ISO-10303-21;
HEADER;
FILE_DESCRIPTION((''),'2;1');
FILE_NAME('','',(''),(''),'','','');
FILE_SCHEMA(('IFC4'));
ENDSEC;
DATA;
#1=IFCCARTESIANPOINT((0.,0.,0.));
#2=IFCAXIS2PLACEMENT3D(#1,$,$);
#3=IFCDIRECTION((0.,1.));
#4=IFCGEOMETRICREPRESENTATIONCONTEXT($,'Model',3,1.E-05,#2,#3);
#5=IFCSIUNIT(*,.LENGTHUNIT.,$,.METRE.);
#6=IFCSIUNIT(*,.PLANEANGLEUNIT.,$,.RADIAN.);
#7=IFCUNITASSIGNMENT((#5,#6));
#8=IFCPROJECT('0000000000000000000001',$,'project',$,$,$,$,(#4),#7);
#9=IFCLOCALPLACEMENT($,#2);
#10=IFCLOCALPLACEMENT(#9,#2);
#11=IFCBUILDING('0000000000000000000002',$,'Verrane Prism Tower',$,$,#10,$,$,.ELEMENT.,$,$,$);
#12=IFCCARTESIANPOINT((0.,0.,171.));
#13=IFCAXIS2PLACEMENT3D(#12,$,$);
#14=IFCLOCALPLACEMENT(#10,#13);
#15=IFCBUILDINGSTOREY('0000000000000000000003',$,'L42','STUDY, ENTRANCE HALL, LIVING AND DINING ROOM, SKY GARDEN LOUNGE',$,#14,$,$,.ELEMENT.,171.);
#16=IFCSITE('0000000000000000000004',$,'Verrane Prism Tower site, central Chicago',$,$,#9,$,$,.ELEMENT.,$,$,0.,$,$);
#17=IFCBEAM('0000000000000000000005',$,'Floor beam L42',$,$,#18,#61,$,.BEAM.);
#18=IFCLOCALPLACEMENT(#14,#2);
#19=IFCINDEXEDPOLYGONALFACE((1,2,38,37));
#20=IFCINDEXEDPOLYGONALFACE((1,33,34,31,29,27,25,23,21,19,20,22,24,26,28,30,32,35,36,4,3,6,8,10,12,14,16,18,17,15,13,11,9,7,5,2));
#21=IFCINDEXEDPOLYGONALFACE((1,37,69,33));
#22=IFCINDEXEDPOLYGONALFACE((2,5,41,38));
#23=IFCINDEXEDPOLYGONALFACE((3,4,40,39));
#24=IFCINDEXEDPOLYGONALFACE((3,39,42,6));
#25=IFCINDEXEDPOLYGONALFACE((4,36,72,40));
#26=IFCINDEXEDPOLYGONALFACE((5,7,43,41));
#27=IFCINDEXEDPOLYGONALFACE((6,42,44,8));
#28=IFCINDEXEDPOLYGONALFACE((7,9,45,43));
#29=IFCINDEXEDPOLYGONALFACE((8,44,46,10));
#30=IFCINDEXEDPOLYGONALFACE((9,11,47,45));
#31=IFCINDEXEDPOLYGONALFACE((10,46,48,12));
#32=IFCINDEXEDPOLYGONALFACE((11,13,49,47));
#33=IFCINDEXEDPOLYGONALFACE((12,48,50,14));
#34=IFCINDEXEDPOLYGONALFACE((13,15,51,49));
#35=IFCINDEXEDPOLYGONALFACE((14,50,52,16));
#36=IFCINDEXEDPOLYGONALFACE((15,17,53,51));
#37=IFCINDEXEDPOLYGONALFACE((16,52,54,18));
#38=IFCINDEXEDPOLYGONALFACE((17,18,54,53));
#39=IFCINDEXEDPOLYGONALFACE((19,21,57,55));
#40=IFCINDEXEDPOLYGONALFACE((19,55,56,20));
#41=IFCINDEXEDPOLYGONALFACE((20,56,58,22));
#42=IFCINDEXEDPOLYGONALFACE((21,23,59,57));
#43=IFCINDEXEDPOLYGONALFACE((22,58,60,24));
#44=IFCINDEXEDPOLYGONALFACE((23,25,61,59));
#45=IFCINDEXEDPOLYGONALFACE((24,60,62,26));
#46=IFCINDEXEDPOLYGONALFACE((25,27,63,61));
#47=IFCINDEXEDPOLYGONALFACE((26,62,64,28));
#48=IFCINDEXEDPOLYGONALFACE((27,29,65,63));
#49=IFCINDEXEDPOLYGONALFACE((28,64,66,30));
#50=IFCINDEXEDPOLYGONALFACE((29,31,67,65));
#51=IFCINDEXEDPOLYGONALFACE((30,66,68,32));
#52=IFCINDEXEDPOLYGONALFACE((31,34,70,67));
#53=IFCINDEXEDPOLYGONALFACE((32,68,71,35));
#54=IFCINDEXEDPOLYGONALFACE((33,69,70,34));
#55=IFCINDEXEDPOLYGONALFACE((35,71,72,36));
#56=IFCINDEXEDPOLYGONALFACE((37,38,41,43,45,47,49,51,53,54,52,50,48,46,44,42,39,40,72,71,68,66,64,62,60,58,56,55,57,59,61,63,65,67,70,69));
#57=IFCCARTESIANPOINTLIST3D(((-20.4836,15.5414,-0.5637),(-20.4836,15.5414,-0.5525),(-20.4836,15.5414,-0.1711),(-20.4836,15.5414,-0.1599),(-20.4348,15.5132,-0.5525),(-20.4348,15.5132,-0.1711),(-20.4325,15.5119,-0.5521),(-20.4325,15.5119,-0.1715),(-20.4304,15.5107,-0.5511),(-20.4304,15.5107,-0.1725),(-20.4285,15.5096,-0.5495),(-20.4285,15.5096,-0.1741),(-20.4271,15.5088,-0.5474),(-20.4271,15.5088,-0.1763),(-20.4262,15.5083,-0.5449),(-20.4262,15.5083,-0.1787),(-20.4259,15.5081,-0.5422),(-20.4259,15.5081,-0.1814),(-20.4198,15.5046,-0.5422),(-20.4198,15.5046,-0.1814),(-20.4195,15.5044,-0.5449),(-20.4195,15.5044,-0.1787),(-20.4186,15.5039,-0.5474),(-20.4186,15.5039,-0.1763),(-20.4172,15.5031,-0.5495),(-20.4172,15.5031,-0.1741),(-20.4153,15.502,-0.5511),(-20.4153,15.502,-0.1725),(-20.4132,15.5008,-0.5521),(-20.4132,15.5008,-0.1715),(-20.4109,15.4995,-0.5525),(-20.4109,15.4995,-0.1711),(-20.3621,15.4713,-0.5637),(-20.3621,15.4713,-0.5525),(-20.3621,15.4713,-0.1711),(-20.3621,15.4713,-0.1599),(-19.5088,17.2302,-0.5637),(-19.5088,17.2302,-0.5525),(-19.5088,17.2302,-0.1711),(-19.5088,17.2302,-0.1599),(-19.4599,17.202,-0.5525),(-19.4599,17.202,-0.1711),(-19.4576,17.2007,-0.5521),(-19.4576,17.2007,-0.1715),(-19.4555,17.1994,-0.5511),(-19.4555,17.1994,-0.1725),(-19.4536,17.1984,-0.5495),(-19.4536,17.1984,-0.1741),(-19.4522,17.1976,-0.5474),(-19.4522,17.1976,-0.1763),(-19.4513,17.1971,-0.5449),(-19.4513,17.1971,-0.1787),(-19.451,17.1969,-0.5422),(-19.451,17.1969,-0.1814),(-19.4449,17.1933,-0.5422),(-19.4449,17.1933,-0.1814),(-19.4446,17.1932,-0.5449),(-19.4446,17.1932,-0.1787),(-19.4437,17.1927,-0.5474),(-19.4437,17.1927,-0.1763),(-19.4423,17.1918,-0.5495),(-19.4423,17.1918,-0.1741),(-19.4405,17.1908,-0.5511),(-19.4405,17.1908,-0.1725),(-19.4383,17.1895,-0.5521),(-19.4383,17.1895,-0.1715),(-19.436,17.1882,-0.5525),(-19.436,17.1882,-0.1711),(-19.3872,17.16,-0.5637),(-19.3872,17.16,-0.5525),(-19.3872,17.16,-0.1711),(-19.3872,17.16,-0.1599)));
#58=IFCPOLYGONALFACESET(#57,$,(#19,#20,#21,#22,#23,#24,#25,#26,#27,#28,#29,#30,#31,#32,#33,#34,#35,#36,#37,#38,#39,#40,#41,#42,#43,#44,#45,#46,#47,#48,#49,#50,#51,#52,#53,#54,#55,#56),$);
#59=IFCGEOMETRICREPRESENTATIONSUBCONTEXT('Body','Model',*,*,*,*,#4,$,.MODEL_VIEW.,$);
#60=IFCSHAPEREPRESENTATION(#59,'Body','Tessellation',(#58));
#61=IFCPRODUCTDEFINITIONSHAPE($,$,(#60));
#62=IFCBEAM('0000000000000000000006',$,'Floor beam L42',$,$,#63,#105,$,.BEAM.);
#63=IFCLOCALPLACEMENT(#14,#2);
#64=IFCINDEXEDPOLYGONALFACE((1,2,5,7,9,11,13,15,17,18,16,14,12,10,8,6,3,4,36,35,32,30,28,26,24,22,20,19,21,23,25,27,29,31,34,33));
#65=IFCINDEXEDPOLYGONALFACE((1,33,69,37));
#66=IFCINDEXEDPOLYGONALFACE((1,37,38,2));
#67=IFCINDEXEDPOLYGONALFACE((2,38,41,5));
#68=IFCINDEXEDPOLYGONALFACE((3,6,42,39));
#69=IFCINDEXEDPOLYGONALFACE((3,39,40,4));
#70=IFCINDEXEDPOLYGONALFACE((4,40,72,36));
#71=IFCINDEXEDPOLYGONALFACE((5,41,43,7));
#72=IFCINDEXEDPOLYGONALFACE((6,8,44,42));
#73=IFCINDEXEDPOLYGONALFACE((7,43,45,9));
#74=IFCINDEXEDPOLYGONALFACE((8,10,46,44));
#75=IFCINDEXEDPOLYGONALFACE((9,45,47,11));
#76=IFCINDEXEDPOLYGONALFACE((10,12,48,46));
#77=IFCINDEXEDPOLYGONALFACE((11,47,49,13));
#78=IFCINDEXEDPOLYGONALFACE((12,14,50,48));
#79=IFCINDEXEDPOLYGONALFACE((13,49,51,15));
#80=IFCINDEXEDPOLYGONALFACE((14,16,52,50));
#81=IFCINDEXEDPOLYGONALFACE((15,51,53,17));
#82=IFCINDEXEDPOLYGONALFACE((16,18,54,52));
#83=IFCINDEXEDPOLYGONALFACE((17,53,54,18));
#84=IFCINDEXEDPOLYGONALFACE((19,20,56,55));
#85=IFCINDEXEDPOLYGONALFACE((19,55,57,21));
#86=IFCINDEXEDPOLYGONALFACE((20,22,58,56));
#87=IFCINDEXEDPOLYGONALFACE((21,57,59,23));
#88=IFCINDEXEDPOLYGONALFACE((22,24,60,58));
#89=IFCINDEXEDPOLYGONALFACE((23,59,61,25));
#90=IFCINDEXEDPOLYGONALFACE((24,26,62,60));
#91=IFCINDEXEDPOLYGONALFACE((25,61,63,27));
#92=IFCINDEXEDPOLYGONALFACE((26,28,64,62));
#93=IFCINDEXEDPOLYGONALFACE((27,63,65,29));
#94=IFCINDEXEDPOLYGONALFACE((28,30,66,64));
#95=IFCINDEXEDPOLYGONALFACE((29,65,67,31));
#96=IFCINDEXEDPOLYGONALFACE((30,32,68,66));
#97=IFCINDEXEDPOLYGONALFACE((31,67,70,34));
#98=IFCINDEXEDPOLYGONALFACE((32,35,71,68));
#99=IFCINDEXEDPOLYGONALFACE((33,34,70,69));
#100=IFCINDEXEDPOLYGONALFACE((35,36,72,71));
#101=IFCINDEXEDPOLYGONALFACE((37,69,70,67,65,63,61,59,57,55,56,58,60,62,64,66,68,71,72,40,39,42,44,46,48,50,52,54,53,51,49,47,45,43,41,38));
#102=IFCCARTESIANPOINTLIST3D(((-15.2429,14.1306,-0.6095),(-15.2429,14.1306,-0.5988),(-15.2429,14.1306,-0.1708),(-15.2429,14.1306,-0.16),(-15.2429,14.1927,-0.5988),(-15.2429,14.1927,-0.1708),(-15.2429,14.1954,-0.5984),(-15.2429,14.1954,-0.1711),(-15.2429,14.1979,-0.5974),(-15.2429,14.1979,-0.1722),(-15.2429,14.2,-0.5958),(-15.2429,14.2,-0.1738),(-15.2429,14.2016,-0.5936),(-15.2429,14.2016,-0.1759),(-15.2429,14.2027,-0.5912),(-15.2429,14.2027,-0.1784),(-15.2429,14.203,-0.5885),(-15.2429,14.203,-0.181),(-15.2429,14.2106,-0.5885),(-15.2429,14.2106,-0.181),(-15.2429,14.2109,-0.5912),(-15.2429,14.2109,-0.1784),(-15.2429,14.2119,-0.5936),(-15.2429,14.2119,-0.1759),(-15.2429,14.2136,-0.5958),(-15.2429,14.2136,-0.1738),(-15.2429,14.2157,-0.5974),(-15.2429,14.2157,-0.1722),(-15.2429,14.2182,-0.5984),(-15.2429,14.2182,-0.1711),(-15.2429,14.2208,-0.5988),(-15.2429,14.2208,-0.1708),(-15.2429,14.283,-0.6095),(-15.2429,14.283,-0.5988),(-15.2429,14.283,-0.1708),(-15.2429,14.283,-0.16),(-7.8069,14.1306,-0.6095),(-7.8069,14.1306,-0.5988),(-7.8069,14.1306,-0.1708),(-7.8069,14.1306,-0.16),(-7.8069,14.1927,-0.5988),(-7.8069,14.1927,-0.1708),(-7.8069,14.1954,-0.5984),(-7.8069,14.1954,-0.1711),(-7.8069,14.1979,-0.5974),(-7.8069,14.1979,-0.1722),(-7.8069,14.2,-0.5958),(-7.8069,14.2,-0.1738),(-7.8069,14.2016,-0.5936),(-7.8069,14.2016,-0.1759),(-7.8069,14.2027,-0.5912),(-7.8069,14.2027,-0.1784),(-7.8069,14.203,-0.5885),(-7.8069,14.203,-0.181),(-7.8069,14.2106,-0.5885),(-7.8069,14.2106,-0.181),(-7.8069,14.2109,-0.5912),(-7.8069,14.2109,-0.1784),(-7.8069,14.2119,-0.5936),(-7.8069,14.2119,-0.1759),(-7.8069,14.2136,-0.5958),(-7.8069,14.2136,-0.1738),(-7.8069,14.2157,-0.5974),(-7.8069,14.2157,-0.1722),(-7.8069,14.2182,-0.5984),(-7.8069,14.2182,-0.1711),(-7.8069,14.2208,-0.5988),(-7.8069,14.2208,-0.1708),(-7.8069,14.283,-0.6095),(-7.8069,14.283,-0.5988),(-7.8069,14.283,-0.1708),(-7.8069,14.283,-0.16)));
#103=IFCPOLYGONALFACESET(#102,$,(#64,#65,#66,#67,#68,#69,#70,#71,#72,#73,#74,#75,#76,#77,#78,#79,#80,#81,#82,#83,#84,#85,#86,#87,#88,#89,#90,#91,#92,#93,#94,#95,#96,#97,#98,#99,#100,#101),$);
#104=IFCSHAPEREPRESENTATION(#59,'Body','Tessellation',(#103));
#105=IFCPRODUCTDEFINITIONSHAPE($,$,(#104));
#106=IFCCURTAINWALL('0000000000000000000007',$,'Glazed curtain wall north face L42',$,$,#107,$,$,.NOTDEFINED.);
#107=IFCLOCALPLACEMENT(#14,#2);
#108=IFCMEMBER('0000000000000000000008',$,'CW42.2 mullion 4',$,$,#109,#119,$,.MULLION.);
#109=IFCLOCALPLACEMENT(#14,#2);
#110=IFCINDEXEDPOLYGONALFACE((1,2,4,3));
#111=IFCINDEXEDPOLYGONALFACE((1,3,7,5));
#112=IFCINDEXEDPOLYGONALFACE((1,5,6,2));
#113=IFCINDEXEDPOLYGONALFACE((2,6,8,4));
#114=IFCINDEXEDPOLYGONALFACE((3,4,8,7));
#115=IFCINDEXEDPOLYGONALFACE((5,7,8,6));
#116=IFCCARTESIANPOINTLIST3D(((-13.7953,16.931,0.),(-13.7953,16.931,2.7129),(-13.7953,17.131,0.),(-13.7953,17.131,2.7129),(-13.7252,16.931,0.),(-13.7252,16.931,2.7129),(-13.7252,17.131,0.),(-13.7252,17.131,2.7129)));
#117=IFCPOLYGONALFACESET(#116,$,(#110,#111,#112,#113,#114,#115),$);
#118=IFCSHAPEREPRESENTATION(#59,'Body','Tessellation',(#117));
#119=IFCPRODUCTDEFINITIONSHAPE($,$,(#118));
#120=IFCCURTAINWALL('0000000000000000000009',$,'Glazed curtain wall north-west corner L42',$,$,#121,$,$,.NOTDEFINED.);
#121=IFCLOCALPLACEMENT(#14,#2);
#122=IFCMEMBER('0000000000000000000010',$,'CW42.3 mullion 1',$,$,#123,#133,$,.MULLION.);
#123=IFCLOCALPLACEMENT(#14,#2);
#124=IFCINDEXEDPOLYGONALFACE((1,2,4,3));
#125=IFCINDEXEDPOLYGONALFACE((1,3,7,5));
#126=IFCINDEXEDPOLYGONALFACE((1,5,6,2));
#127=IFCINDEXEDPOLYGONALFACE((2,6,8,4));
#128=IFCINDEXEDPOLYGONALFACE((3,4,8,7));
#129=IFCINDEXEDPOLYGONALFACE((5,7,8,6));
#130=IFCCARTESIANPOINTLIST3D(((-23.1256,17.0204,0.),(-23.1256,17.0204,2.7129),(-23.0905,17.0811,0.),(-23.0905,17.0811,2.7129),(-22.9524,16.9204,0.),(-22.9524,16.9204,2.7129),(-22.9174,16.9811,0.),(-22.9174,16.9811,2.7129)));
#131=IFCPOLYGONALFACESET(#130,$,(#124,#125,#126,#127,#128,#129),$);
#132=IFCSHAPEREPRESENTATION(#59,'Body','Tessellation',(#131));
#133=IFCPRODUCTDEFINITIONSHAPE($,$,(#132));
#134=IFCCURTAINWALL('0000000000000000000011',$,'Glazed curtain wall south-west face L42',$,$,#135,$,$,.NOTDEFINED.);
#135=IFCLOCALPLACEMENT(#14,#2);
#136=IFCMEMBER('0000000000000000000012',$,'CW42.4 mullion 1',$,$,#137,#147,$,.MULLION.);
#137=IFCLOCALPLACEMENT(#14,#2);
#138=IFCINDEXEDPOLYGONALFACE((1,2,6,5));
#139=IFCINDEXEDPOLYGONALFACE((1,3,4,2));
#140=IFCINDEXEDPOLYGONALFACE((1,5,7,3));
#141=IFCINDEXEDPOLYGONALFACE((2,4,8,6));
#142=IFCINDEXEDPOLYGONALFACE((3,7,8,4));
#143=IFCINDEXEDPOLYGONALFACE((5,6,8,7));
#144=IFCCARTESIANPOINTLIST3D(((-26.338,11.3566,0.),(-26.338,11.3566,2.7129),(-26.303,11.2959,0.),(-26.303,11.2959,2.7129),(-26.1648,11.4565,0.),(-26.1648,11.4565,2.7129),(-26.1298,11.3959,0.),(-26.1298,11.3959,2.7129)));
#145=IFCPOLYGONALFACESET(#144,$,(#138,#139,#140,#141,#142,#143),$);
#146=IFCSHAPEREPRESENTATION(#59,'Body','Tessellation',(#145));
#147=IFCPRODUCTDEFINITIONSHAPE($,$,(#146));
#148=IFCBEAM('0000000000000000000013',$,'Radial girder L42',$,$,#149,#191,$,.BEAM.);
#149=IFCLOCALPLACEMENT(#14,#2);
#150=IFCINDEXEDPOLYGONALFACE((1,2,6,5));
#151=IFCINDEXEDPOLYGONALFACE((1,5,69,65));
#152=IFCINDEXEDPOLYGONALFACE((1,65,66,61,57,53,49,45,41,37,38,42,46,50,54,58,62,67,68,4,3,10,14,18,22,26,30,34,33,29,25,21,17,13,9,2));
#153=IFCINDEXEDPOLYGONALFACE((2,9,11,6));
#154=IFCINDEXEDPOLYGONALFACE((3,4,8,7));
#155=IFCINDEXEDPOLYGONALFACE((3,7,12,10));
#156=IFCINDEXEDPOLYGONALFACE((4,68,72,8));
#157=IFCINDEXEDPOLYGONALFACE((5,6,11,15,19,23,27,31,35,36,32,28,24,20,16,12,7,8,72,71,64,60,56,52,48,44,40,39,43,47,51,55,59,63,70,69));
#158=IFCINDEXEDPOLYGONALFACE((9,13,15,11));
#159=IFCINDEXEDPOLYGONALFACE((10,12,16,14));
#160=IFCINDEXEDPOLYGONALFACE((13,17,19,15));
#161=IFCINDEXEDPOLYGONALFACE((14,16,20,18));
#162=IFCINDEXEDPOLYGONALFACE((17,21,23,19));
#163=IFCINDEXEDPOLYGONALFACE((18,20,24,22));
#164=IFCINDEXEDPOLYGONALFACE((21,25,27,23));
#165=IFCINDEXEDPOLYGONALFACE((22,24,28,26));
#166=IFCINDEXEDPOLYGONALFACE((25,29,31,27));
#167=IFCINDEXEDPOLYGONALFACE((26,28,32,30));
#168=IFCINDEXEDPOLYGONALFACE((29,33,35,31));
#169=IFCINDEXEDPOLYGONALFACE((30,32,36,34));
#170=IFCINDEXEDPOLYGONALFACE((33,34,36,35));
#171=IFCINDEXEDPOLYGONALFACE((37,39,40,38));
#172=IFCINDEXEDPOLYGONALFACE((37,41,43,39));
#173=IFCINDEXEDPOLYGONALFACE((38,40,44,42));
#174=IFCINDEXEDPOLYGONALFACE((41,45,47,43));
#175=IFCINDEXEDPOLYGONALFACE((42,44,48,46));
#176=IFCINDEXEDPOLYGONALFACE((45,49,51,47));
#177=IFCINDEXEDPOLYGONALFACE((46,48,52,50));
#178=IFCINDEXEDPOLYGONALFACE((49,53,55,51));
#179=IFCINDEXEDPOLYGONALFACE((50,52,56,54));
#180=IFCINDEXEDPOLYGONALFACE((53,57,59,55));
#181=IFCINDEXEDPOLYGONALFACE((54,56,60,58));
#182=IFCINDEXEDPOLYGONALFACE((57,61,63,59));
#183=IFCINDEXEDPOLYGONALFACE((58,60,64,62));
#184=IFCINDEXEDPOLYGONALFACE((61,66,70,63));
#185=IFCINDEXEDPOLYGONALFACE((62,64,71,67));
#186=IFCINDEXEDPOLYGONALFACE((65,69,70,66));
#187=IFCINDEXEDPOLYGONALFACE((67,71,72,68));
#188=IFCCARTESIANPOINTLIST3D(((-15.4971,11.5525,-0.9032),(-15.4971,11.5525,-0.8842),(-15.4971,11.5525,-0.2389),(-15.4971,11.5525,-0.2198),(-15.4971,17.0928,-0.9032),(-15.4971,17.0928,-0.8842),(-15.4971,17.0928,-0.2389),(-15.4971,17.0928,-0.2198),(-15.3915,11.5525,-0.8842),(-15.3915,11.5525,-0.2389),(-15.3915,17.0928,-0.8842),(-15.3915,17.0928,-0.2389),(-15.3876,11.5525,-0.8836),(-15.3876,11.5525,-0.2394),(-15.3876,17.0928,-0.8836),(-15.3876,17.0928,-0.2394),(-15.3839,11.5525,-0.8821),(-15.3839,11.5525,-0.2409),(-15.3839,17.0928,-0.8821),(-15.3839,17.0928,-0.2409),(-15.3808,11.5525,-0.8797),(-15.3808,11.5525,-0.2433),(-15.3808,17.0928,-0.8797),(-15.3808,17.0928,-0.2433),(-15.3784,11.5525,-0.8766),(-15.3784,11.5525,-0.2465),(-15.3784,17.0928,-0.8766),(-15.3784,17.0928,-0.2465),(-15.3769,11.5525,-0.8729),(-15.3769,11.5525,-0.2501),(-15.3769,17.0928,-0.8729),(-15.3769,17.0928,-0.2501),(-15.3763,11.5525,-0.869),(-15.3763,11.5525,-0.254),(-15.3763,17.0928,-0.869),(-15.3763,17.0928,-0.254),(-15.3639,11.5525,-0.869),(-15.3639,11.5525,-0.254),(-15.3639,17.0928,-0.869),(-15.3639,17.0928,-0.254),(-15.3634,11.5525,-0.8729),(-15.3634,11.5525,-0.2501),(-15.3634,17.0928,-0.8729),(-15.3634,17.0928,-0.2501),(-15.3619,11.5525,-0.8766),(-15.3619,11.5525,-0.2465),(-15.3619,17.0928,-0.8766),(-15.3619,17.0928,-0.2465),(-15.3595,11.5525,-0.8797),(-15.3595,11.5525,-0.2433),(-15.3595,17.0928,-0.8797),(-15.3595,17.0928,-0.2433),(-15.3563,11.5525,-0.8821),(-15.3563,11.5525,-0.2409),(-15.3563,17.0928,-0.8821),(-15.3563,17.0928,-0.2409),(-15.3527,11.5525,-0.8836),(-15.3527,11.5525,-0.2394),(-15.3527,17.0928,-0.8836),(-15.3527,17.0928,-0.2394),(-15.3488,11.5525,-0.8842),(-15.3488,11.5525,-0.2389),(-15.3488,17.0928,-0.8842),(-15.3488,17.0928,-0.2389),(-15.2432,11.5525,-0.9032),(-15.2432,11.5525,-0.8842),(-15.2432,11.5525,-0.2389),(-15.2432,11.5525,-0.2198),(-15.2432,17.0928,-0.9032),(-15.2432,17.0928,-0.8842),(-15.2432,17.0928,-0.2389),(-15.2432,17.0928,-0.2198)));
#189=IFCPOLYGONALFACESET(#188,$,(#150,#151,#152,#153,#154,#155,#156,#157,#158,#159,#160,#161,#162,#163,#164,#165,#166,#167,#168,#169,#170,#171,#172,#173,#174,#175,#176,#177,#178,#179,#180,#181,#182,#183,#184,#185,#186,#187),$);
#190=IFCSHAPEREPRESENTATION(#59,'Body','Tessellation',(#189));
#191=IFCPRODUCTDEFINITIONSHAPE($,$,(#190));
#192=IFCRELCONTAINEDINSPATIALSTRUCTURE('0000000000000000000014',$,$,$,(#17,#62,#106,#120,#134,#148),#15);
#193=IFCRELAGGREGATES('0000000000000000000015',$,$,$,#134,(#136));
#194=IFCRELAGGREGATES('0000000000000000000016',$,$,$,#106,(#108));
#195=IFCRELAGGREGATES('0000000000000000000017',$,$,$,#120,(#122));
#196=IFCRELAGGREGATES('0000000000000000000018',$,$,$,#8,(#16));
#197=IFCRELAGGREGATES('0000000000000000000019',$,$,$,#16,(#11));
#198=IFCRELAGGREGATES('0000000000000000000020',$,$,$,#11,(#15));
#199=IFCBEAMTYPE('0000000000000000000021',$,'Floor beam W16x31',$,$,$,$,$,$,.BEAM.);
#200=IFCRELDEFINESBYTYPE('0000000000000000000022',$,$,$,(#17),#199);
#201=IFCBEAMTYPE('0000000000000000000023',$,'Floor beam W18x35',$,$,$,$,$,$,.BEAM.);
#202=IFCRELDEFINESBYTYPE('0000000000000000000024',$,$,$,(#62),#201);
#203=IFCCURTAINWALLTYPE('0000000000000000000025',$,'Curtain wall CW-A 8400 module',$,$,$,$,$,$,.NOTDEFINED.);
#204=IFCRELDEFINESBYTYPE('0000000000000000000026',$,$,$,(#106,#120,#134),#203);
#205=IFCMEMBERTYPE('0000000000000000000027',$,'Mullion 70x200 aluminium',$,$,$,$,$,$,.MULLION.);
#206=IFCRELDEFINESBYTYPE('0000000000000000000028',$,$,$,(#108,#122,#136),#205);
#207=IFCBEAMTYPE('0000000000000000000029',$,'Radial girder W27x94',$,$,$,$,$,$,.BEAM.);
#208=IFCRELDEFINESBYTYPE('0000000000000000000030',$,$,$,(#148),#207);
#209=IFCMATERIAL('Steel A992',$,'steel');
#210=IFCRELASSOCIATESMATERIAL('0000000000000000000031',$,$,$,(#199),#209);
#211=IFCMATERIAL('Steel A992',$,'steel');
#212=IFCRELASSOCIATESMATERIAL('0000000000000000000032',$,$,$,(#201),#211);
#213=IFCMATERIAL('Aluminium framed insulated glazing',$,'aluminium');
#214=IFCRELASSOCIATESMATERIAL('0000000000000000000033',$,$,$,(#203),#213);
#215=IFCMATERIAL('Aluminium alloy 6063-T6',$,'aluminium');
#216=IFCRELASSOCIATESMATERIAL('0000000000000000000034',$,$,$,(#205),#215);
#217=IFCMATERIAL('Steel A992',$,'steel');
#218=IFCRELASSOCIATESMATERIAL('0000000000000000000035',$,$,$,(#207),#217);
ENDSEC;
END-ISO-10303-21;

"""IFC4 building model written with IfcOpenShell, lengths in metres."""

from ifc_helpers import new_model, si_unit, direction, frame, origin, origin_2d, place, context, subcontext, project, spatial, rectangle, i_section, extrude, material, material_profile, profile_set, type_object, element, aggregate, save


model = new_model("IFC4")

# Units and contexts
model_context = context("Model", 3, precision=1e-05, world=origin(), true_north=direction((0.0, 1.0)))
body_context = subcontext(model_context, "Body", "Model", "MODEL_VIEW")
ifc_project = project(units=[si_unit("LENGTHUNIT", "METRE"), si_unit("PLANEANGLEUNIT", "RADIAN")], contexts=[model_context])

# Site, building, storey
site_placement = place(None, origin())
site = spatial("IfcSite", under=ifc_project, at=site_placement, Name="Verrane Prism Tower site, central Chicago", CompositionType="ELEMENT", RefElevation=0.0)
building_placement = place(site_placement, origin())
building = spatial("IfcBuilding", under=site, at=building_placement, Name="Verrane Prism Tower", CompositionType="ELEMENT")
storey_placement = place(building_placement, frame((0.0, 0.0, 171.0)))
storey = spatial("IfcBuildingStorey", under=building, at=storey_placement, Name="L42", Description="STUDY, ENTRANCE HALL, LIVING AND DINING ROOM, SKY GARDEN LOUNGE", CompositionType="ELEMENT", Elevation=171.0)

# Beams
ifc_material_1 = material(Name="Steel A992", Category="steel")
ifc_material_profile_1 = material_profile(ifc_material_1, i_section(OverallWidth=0.1404, OverallDepth=0.4038, WebThickness=0.0071, FlangeThickness=0.0112, FilletRadius=0.0103, at=origin_2d()), Name="W16x31")
ifc_profile_set_1 = profile_set([ifc_material_profile_1], Name="Steel A992")
beam_type_1 = type_object("IfcBeamType", Name="Floor beam W16x31", PredefinedType="BEAM", material=ifc_profile_set_1)
beam_1_placement = place(storey_placement, frame((-20.4229, 15.5063, -0.3618), z_axis=(0.49995, 0.866054, 0.0), x_axis=(-0.866054, 0.49995, 0.0)))
element("IfcBeam", 1, at=beam_1_placement, inside=storey, type_object=beam_type_1, Name="Floor beam L42", PredefinedType="BEAM", context=body_context, shape_type="SweptSolid", body=[
    extrude(i_section(OverallWidth=0.1404, OverallDepth=0.4038, WebThickness=0.0071, FlangeThickness=0.0112, FilletRadius=0.0103, at=origin_2d()), origin(), (0.0, 0.0, 1.0), 1.95),
])
ifc_material_2 = material(Name="Steel A992", Category="steel")
ifc_material_profile_2 = material_profile(ifc_material_2, i_section(OverallWidth=0.1523, OverallDepth=0.4495, WebThickness=0.0076, FlangeThickness=0.0107, FilletRadius=0.0103, at=origin_2d()), Name="W18x35")
ifc_profile_set_2 = profile_set([ifc_material_profile_2], Name="Steel A992")
beam_type_2 = type_object("IfcBeamType", Name="Floor beam W18x35", PredefinedType="BEAM", material=ifc_profile_set_2)
beam_2_placement = place(storey_placement, frame((-15.2429, 14.2068, -0.3848), z_axis=(1.0, 0.0, 0.0), x_axis=(0.0, 1.0, 0.0)))
element("IfcBeam", 2, at=beam_2_placement, inside=storey, type_object=beam_type_2, Name="Floor beam L42", PredefinedType="BEAM", context=body_context, shape_type="SweptSolid", body=[
    extrude(i_section(OverallWidth=0.1523, OverallDepth=0.4495, WebThickness=0.0076, FlangeThickness=0.0107, FilletRadius=0.0103, at=origin_2d()), origin(), (0.0, 0.0, 1.0), 7.436),
])

# Curtain walls, members
ifc_material_3 = material(Name="Aluminium framed insulated glazing", Category="aluminium")
curtain_wall_type = type_object("IfcCurtainWallType", Name="Curtain wall CW-A 8400 module", PredefinedType="NOTDEFINED", material=ifc_material_3)
curtain_wall_1_placement = place(storey_placement, origin())
curtain_wall_1 = element("IfcCurtainWall", 3, at=curtain_wall_1_placement, inside=storey, type_object=curtain_wall_type, Name="Glazed curtain wall north face L42", PredefinedType="NOTDEFINED")
ifc_material_4 = material(Name="Aluminium alloy 6063-T6", Category="aluminium")
ifc_material_profile_3 = material_profile(ifc_material_4, rectangle(XDim=0.2, YDim=0.0701, at=origin_2d()), Name="Mullion 70x200 aluminium")
ifc_profile_set_3 = profile_set([ifc_material_profile_3], Name="Aluminium alloy 6063-T6")
member_type_1 = type_object("IfcMemberType", Name="Mullion 70x200 aluminium", PredefinedType="MULLION", material=ifc_profile_set_3)
member_1_placement = place(storey_placement, frame((-13.7603, 17.031, 0.0), z_axis=(0.0, 0.0, 1.0), x_axis=(0.0, -1.0, 0.0)))
member_1 = element("IfcMember", 4, at=member_1_placement, type_object=member_type_1, Name="CW42.2 mullion 4", PredefinedType="MULLION", context=body_context, shape_type="SweptSolid", body=[
    extrude(rectangle(XDim=0.2, YDim=0.0701, at=origin_2d()), origin(), (0.0, 0.0, 1.0), 2.7129),
])
curtain_wall_2_placement = place(storey_placement, origin())
curtain_wall_2 = element("IfcCurtainWall", 5, at=curtain_wall_2_placement, inside=storey, type_object=curtain_wall_type, Name="Glazed curtain wall north-west corner L42", PredefinedType="NOTDEFINED")
member_2_placement = place(storey_placement, frame((-23.0215, 17.0007, 0.0), z_axis=(0.0, 0.0, 1.0), x_axis=(0.866022, -0.500006, 0.0)))
member_2 = element("IfcMember", 6, at=member_2_placement, type_object=member_type_1, Name="CW42.3 mullion 1", PredefinedType="MULLION", context=body_context, shape_type="SweptSolid", body=[
    extrude(rectangle(XDim=0.2, YDim=0.0701, at=origin_2d()), origin(), (0.0, 0.0, 1.0), 2.7129),
])
curtain_wall_3_placement = place(storey_placement, origin())
curtain_wall_3 = element("IfcCurtainWall", 7, at=curtain_wall_3_placement, inside=storey, type_object=curtain_wall_type, Name="Glazed curtain wall south-west face L42", PredefinedType="NOTDEFINED")
member_3_placement = place(storey_placement, frame((-26.2339, 11.3762, 0.0), z_axis=(0.0, 0.0, 1.0), x_axis=(0.866026, 0.499999, 0.0)))
member_3 = element("IfcMember", 8, at=member_3_placement, type_object=member_type_1, Name="CW42.4 mullion 1", PredefinedType="MULLION", context=body_context, shape_type="SweptSolid", body=[
    extrude(rectangle(XDim=0.2, YDim=0.0701, at=origin_2d()), origin(), (0.0, 0.0, 1.0), 2.7129),
])

# Beam
ifc_material_5 = material(Name="Steel A992", Category="steel")
ifc_material_profile_4 = material_profile(ifc_material_5, i_section(OverallWidth=0.2539, OverallDepth=0.6833, WebThickness=0.0125, FlangeThickness=0.019, FilletRadius=0.0151, at=origin_2d()), Name="W27x94")
ifc_profile_set_4 = profile_set([ifc_material_profile_4], Name="Steel A992")
beam_type_3 = type_object("IfcBeamType", Name="Radial girder W27x94", PredefinedType="BEAM", material=ifc_profile_set_4)
beam_3_placement = place(storey_placement, frame((-15.3701, 17.0928, -0.5615), z_axis=(0.0, -1.0, 0.0), x_axis=(1.0, 0.0, 0.0)))
element("IfcBeam", 9, at=beam_3_placement, inside=storey, type_object=beam_type_3, Name="Radial girder L42", PredefinedType="BEAM", context=body_context, shape_type="SweptSolid", body=[
    extrude(i_section(OverallWidth=0.2539, OverallDepth=0.6833, WebThickness=0.0125, FlangeThickness=0.019, FilletRadius=0.0151, at=origin_2d()), origin(), (0.0, 0.0, 1.0), 5.5403),
])

aggregate(curtain_wall_3, [member_3])

aggregate(curtain_wall_1, [member_1])
aggregate(curtain_wall_2, [member_2])

save(model, "model.ifc")
